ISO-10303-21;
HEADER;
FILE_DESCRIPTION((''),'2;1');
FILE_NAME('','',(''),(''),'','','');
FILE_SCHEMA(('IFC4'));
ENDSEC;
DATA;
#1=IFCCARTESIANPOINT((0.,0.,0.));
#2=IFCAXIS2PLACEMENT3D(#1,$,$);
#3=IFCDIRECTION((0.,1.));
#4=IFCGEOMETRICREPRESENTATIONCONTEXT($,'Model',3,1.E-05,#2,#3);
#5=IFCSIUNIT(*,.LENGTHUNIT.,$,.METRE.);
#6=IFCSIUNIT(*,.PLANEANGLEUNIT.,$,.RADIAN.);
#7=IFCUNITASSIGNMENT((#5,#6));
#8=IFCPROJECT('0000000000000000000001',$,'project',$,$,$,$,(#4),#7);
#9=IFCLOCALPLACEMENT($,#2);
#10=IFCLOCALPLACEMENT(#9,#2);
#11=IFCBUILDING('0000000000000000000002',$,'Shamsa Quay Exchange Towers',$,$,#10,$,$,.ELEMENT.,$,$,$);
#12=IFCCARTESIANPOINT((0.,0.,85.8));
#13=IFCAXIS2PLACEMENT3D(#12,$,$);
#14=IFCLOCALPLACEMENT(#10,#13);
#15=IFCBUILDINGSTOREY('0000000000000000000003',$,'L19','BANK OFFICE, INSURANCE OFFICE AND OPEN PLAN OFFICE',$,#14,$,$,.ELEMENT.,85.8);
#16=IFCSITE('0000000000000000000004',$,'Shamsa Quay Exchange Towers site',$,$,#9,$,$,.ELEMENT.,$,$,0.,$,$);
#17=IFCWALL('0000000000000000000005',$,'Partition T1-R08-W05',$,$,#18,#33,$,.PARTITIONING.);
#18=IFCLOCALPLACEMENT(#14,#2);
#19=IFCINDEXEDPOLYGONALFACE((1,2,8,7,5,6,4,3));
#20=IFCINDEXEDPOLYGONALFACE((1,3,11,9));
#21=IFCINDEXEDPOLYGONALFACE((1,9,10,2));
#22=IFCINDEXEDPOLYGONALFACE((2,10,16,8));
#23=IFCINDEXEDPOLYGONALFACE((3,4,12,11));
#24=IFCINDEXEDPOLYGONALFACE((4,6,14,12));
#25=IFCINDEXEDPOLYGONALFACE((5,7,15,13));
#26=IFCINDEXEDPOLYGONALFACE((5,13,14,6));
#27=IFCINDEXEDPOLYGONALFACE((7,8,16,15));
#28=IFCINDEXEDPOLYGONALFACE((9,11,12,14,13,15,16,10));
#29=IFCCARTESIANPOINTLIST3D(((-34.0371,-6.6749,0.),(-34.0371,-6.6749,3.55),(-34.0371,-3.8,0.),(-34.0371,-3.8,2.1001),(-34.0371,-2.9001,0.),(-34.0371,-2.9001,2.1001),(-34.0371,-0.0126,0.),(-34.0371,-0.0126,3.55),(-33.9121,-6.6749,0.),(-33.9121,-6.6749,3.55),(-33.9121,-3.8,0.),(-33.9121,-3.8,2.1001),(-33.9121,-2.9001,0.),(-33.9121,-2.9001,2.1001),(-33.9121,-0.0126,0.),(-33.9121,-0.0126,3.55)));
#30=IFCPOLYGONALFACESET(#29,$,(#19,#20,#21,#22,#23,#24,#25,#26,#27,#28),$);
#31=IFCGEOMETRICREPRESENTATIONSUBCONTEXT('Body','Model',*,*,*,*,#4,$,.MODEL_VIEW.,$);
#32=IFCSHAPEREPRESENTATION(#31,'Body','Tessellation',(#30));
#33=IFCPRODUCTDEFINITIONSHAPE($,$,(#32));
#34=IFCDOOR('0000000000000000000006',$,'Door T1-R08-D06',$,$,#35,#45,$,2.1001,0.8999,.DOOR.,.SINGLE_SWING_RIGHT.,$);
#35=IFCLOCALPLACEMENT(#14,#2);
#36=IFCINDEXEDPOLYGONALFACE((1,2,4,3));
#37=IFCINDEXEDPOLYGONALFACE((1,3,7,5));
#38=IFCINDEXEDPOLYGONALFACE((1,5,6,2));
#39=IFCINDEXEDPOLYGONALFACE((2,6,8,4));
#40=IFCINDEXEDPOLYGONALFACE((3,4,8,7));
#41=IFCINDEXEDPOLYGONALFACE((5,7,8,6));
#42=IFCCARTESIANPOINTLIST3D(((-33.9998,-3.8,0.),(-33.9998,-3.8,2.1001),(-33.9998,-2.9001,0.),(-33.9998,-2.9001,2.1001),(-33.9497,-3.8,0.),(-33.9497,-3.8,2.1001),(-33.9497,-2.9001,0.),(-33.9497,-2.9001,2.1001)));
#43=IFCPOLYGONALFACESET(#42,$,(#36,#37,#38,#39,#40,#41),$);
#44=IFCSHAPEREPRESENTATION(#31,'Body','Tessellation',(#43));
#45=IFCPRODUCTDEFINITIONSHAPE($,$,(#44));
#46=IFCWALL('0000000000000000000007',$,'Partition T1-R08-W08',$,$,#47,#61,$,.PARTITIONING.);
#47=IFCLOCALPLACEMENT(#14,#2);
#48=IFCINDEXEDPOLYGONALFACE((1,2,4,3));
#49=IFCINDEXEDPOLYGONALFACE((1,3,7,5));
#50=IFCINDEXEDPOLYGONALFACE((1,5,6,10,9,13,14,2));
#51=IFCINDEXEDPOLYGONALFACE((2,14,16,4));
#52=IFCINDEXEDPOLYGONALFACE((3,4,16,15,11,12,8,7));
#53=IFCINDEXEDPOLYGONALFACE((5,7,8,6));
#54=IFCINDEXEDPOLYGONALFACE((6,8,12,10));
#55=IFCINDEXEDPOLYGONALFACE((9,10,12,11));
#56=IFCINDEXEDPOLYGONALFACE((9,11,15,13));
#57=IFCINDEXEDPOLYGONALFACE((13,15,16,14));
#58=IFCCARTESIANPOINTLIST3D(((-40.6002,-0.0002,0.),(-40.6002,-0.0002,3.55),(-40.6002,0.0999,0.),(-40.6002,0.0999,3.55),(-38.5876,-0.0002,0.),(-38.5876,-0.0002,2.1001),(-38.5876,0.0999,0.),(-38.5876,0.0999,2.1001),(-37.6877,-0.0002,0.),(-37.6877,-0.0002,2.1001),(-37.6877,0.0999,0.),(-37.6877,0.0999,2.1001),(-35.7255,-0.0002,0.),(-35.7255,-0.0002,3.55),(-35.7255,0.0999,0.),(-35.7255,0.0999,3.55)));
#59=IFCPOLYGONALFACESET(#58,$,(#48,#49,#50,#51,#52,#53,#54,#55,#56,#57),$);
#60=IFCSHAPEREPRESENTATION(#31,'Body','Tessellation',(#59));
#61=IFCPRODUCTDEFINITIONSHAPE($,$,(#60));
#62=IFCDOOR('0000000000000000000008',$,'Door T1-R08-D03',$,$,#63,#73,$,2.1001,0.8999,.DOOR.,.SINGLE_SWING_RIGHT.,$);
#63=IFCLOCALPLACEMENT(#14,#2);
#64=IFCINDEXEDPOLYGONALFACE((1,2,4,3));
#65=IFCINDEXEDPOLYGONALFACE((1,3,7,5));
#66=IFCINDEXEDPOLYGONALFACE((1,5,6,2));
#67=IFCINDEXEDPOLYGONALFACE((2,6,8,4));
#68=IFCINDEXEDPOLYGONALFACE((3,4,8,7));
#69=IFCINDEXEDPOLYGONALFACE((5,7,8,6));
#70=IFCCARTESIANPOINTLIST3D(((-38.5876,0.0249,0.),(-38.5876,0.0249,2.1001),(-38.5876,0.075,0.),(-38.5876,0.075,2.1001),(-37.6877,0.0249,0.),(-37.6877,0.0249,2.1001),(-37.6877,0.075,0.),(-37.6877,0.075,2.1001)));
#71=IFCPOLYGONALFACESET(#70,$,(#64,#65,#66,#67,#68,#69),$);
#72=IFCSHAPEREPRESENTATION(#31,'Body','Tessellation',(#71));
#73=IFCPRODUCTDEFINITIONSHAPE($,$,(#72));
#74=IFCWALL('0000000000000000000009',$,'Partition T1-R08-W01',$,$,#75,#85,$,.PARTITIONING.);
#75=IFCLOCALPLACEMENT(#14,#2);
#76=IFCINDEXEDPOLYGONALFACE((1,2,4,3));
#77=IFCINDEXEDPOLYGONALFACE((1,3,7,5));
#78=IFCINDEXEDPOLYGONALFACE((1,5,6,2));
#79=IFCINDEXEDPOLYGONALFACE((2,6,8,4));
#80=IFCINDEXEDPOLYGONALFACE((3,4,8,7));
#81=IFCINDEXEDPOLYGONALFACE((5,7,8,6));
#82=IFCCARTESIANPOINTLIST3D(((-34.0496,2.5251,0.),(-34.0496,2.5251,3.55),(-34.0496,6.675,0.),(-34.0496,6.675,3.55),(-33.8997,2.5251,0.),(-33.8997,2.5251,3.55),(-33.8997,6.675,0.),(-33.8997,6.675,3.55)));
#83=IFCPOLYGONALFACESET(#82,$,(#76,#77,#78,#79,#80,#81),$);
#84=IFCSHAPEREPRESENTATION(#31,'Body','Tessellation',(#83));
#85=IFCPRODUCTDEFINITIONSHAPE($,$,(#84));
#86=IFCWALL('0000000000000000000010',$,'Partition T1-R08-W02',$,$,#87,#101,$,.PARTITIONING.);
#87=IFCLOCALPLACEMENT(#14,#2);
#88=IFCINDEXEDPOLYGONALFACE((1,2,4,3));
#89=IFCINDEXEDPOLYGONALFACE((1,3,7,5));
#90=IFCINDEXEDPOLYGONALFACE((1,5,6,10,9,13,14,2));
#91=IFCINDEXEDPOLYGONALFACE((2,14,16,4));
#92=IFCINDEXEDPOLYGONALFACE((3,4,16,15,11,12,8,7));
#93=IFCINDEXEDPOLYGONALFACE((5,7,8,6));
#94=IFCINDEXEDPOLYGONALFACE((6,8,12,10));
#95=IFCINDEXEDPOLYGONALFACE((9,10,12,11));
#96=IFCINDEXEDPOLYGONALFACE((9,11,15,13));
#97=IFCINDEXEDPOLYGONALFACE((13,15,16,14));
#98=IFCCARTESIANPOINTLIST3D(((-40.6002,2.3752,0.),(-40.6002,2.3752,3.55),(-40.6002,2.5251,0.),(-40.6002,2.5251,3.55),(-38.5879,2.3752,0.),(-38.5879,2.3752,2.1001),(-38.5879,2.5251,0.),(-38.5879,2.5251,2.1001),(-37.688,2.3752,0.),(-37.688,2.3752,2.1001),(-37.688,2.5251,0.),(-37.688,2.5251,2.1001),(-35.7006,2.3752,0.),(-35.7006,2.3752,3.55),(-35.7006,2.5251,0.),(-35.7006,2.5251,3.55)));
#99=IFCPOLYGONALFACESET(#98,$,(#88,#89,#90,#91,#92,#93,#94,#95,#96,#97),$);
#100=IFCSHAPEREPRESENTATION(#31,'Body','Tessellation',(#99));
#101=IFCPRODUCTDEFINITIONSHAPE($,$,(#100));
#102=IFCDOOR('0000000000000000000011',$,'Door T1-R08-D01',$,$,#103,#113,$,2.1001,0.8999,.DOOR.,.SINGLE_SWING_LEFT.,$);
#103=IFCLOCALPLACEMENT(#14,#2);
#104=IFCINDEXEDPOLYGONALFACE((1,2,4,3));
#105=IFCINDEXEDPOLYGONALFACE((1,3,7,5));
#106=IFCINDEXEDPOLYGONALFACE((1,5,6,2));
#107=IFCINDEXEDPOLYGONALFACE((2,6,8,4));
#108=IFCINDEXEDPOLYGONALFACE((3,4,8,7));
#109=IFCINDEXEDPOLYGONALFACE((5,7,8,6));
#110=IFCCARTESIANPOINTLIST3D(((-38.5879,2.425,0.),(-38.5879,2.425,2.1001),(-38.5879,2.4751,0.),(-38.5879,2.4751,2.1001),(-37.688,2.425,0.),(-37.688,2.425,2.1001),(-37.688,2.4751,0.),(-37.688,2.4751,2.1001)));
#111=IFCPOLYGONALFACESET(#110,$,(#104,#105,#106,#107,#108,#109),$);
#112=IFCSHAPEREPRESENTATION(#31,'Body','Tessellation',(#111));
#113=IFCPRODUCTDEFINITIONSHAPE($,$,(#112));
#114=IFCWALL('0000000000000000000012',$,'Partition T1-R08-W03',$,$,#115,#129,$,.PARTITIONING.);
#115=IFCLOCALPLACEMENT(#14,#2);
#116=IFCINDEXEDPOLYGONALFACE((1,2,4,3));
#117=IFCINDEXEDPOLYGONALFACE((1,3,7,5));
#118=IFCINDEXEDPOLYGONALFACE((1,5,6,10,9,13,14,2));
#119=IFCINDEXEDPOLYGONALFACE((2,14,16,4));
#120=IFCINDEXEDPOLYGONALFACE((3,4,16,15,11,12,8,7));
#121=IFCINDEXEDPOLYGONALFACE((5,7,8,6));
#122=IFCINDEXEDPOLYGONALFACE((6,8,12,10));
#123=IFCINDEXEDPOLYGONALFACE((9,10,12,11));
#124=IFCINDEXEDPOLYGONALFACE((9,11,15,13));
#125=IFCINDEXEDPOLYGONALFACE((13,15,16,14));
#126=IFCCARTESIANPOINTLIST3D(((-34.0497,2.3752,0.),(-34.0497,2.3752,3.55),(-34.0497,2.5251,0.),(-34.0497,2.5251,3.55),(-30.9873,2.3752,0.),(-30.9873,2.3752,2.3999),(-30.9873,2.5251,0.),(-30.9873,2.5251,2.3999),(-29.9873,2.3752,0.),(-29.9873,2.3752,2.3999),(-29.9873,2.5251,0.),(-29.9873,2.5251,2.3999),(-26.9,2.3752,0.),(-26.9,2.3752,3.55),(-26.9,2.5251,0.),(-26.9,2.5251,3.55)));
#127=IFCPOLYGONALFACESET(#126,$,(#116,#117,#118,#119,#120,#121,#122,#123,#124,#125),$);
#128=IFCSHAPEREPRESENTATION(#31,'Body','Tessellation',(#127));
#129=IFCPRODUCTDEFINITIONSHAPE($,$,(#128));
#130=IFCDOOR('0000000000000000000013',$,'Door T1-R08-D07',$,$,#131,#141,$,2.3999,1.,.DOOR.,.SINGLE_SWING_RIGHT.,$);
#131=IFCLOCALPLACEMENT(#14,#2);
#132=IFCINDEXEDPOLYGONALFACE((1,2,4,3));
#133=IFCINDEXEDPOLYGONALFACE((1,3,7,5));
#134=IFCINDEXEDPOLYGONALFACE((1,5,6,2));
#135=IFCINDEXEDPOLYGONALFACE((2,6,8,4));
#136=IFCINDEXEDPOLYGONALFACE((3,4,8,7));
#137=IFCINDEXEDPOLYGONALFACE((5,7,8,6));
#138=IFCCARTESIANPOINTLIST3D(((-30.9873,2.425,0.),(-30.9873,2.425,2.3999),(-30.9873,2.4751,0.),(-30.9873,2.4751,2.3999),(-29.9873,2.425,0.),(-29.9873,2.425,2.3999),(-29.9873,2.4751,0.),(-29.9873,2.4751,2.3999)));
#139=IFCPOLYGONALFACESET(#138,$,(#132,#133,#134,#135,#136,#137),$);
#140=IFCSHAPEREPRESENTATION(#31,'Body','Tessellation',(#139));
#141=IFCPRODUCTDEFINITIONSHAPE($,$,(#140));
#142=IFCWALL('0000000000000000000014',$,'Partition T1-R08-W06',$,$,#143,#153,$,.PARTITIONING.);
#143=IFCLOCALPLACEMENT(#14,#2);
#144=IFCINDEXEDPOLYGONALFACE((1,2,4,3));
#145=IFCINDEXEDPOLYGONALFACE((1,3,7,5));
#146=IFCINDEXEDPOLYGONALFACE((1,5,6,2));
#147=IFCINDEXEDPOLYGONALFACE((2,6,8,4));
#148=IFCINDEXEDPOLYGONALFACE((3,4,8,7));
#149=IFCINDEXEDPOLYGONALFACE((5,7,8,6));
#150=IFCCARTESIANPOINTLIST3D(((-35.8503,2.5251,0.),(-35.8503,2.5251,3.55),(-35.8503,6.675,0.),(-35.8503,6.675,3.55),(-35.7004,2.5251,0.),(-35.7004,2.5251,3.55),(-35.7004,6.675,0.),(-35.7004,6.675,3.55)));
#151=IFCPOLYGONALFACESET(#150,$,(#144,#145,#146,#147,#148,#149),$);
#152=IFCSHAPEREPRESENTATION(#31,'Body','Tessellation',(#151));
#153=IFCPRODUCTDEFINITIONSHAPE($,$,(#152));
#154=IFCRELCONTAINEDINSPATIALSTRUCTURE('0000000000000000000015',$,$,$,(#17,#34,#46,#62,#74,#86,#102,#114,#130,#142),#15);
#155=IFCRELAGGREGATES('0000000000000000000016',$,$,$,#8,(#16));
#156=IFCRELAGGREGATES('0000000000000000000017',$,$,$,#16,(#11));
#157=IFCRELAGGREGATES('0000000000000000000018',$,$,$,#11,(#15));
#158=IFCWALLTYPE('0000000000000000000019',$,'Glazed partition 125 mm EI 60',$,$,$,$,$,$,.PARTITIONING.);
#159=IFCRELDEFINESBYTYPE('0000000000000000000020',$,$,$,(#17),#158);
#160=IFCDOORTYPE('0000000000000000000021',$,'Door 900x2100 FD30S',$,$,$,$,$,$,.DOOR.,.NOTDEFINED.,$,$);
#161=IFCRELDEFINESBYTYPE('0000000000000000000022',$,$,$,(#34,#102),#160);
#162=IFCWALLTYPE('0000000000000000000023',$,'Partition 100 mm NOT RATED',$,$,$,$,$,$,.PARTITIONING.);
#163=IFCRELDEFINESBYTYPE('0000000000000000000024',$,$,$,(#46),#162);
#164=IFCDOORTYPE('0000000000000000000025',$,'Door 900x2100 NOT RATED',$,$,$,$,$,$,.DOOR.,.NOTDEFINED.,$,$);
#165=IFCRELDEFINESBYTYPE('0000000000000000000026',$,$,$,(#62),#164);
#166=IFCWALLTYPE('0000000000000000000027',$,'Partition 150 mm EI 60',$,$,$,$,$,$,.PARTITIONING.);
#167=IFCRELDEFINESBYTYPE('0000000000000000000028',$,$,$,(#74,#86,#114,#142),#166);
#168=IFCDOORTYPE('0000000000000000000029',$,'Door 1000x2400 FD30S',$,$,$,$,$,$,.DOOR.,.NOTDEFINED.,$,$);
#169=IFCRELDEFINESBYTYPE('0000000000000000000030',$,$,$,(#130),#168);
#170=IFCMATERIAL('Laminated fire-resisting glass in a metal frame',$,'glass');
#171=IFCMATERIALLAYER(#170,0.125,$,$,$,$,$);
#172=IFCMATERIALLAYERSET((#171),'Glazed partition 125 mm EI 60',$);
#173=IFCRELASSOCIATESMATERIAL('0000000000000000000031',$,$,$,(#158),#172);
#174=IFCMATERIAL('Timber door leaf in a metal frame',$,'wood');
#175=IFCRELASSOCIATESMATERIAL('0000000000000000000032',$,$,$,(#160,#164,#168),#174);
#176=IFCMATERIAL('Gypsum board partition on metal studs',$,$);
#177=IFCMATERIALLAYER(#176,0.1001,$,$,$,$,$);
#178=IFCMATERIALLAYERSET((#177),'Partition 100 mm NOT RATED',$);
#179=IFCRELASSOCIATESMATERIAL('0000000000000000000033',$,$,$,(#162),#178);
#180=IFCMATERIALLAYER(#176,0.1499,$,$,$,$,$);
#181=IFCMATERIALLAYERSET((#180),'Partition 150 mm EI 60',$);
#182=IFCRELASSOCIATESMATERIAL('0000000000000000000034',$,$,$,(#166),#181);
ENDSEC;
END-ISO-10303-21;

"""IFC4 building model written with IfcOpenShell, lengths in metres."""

from ifc_helpers import new_model, si_unit, direction, frame, frame_2d, origin, place, context, subcontext, project, spatial, rectangle, extrude, material, layer, layer_set, type_object, element, fill, save


model = new_model("IFC4")

# Units and contexts
model_context = context("Model", 3, precision=1e-05, world=origin(), true_north=direction((0.0, 1.0)))
body_context = subcontext(model_context, "Body", "Model", "MODEL_VIEW")
ifc_project = project(units=[si_unit("LENGTHUNIT", "METRE"), si_unit("PLANEANGLEUNIT", "RADIAN")], contexts=[model_context])

# Site, building, storey
site_placement = place(None, origin())
site = spatial("IfcSite", under=ifc_project, at=site_placement, Name="Shamsa Quay Exchange Towers site", CompositionType="ELEMENT", RefElevation=0.0)
building_placement = place(site_placement, origin())
building = spatial("IfcBuilding", under=site, at=building_placement, Name="Shamsa Quay Exchange Towers", CompositionType="ELEMENT")
storey_placement = place(building_placement, frame((0.0, 0.0, 85.8)))
storey = spatial("IfcBuildingStorey", under=building, at=storey_placement, Name="L19", Description="BANK OFFICE, INSURANCE OFFICE AND OPEN PLAN OFFICE", CompositionType="ELEMENT", Elevation=85.8)

# Walls, openings, doors
ifc_material_1 = material(Name="Laminated fire-resisting glass in a metal frame", Category="glass")
ifc_layer_1 = layer(ifc_material_1, 0.125)
ifc_layer_set_1 = layer_set([ifc_layer_1], Name="Glazed partition 125 mm EI 60")
wall_type_1 = type_object("IfcWallType", Name="Glazed partition 125 mm EI 60", PredefinedType="PARTITIONING", material=ifc_layer_set_1)
wall_1_placement = place(storey_placement, frame((-33.9746, -0.0127, 0.0), z_axis=(0.0, 0.0, 1.0), x_axis=(0.0, -1.0, 0.0)))
wall_1 = element("IfcWall", 1, at=wall_1_placement, inside=storey, type_object=wall_type_1, Name="Partition T1-R08-W05", PredefinedType="PARTITIONING", context=body_context, shape_type="SweptSolid", body=[
    extrude(rectangle(XDim=6.6624, YDim=0.125, at=frame_2d((3.3311, 0.0))), origin(), (0.0, 0.0, 1.0), 3.55),
])
opening_1_placement = place(wall_1_placement, frame((2.8875, 0.0, 0.0)))
opening_1 = element("IfcOpeningElement", 2, at=opening_1_placement, cuts=wall_1, PredefinedType="OPENING", context=body_context, shape_type="SweptSolid", body=[
    extrude(rectangle(XDim=0.8999, YDim=2.1001, at=frame_2d((0.45, 1.05))), frame((0.0, 0.0725, 0.0), z_axis=(0.0, -1.0, 0.0), x_axis=(1.0, 0.0, 0.0)), (0.0, 0.0, 1.0), 0.145),
])
ifc_material_2 = material(Name="Timber door leaf in a metal frame", Category="wood")
door_type_1 = type_object("IfcDoorType", Name="Door 900x2100 FD30S", OperationType="NOTDEFINED", PredefinedType="DOOR", material=ifc_material_2)
door_1_placement = place(opening_1_placement, origin())
door_1 = element("IfcDoor", 3, at=door_1_placement, inside=storey, type_object=door_type_1, Name="Door T1-R08-D06", OperationType="SINGLE_SWING_RIGHT", OverallHeight=2.1001, OverallWidth=0.8999, PredefinedType="DOOR", context=body_context, shape_type="SweptSolid", body=[
    extrude(rectangle(XDim=0.8999, YDim=2.1001, at=frame_2d((0.45, 1.05))), frame((0.0, 0.0249, 0.0), z_axis=(0.0, -1.0, 0.0), x_axis=(1.0, 0.0, 0.0)), (0.0, 0.0, 1.0), 0.05),
])
fill(opening_1, door_1)
ifc_material_3 = material(Name="Gypsum board partition on metal studs")
ifc_layer_2 = layer(ifc_material_3, 0.1001)
ifc_layer_set_2 = layer_set([ifc_layer_2], Name="Partition 100 mm NOT RATED")
wall_type_2 = type_object("IfcWallType", Name="Partition 100 mm NOT RATED", PredefinedType="PARTITIONING", material=ifc_layer_set_2)
wall_2_placement = place(storey_placement, frame((-35.7253, 0.0498, 0.0), z_axis=(0.0, 0.0, 1.0), x_axis=(-1.0, 0.0, 0.0)))
wall_2 = element("IfcWall", 4, at=wall_2_placement, inside=storey, type_object=wall_type_2, Name="Partition T1-R08-W08", PredefinedType="PARTITIONING", context=body_context, shape_type="SweptSolid", body=[
    extrude(rectangle(XDim=4.8748, YDim=0.1001, at=frame_2d((2.4375, 0.0))), origin(), (0.0, 0.0, 1.0), 3.55),
])
opening_2_placement = place(wall_2_placement, frame((1.9624, 0.0, 0.0)))
opening_2 = element("IfcOpeningElement", 5, at=opening_2_placement, cuts=wall_2, PredefinedType="OPENING", context=body_context, shape_type="SweptSolid", body=[
    extrude(rectangle(XDim=0.8999, YDim=2.1001, at=frame_2d((0.45, 1.05))), frame((0.0, 0.0601, 0.0), z_axis=(0.0, -1.0, 0.0), x_axis=(1.0, 0.0, 0.0)), (0.0, 0.0, 1.0), 0.1201),
])
door_type_2 = type_object("IfcDoorType", Name="Door 900x2100 NOT RATED", OperationType="NOTDEFINED", PredefinedType="DOOR", material=ifc_material_2)
door_2_placement = place(opening_2_placement, origin())
door_2 = element("IfcDoor", 6, at=door_2_placement, inside=storey, type_object=door_type_2, Name="Door T1-R08-D03", OperationType="SINGLE_SWING_RIGHT", OverallHeight=2.1001, OverallWidth=0.8999, PredefinedType="DOOR", context=body_context, shape_type="SweptSolid", body=[
    extrude(rectangle(XDim=0.8999, YDim=2.1001, at=frame_2d((0.45, 1.05))), frame((0.0, 0.0249, 0.0), z_axis=(0.0, -1.0, 0.0), x_axis=(1.0, 0.0, 0.0)), (0.0, 0.0, 1.0), 0.05),
])
fill(opening_2, door_2)

# Wall
ifc_layer_3 = layer(ifc_material_3, 0.1499)
ifc_layer_set_3 = layer_set([ifc_layer_3], Name="Partition 150 mm EI 60")
wall_type_3 = type_object("IfcWallType", Name="Partition 150 mm EI 60", PredefinedType="PARTITIONING", material=ifc_layer_set_3)
wall_3_placement = place(storey_placement, frame((-33.9746, 6.675, 0.0), z_axis=(0.0, 0.0, 1.0), x_axis=(0.0, -1.0, 0.0)))
element("IfcWall", 7, at=wall_3_placement, inside=storey, type_object=wall_type_3, Name="Partition T1-R08-W01", PredefinedType="PARTITIONING", context=body_context, shape_type="SweptSolid", body=[
    extrude(rectangle(XDim=4.1499, YDim=0.1499, at=frame_2d((2.075, 0.0))), origin(), (0.0, 0.0, 1.0), 3.55),
])

# Walls, openings, doors
wall_4_placement = place(storey_placement, frame((-40.6001, 2.4502, 0.0)))
wall_4 = element("IfcWall", 8, at=wall_4_placement, inside=storey, type_object=wall_type_3, Name="Partition T1-R08-W02", PredefinedType="PARTITIONING", context=body_context, shape_type="SweptSolid", body=[
    extrude(rectangle(XDim=4.8997, YDim=0.1499, at=frame_2d((2.4497, 0.0))), origin(), (0.0, 0.0, 1.0), 3.55),
])
opening_3_placement = place(wall_4_placement, frame((2.0122, 0.0, 0.0)))
opening_3 = element("IfcOpeningElement", 9, at=opening_3_placement, cuts=wall_4, PredefinedType="OPENING", context=body_context, shape_type="SweptSolid", body=[
    extrude(rectangle(XDim=0.8999, YDim=2.1001, at=frame_2d((0.45, 1.05))), frame((0.0, 0.085, 0.0), z_axis=(0.0, -1.0, 0.0), x_axis=(1.0, 0.0, 0.0)), (0.0, 0.0, 1.0), 0.1699),
])
door_3_placement = place(opening_3_placement, origin())
door_3 = element("IfcDoor", 10, at=door_3_placement, inside=storey, type_object=door_type_1, Name="Door T1-R08-D01", OperationType="SINGLE_SWING_LEFT", OverallHeight=2.1001, OverallWidth=0.8999, PredefinedType="DOOR", context=body_context, shape_type="SweptSolid", body=[
    extrude(rectangle(XDim=0.8999, YDim=2.1001, at=frame_2d((0.45, 1.05))), frame((0.0, 0.0249, 0.0), z_axis=(0.0, -1.0, 0.0), x_axis=(1.0, 0.0, 0.0)), (0.0, 0.0, 1.0), 0.05),
])
fill(opening_3, door_3)
wall_5_placement = place(storey_placement, frame((-34.0496, 2.4502, 0.0)))
wall_5 = element("IfcWall", 11, at=wall_5_placement, inside=storey, type_object=wall_type_3, Name="Partition T1-R08-W03", PredefinedType="PARTITIONING", context=body_context, shape_type="SweptSolid", body=[
    extrude(rectangle(XDim=7.1497, YDim=0.1499, at=frame_2d((3.5747, 0.0))), origin(), (0.0, 0.0, 1.0), 3.55),
])
opening_4_placement = place(wall_5_placement, frame((3.0623, 0.0, 0.0)))
opening_4 = element("IfcOpeningElement", 12, at=opening_4_placement, cuts=wall_5, PredefinedType="OPENING", context=body_context, shape_type="SweptSolid", body=[
    extrude(rectangle(XDim=1.0, YDim=2.3999, at=frame_2d((0.5, 1.2))), frame((0.0, 0.085, 0.0), z_axis=(0.0, -1.0, 0.0), x_axis=(1.0, 0.0, 0.0)), (0.0, 0.0, 1.0), 0.1699),
])
door_type_3 = type_object("IfcDoorType", Name="Door 1000x2400 FD30S", OperationType="NOTDEFINED", PredefinedType="DOOR", material=ifc_material_2)
door_4_placement = place(opening_4_placement, origin())
door_4 = element("IfcDoor", 13, at=door_4_placement, inside=storey, type_object=door_type_3, Name="Door T1-R08-D07", OperationType="SINGLE_SWING_RIGHT", OverallHeight=2.3999, OverallWidth=1.0, PredefinedType="DOOR", context=body_context, shape_type="SweptSolid", body=[
    extrude(rectangle(XDim=1.0, YDim=2.3999, at=frame_2d((0.5, 1.2))), frame((0.0, 0.0249, 0.0), z_axis=(0.0, -1.0, 0.0), x_axis=(1.0, 0.0, 0.0)), (0.0, 0.0, 1.0), 0.05),
])
fill(opening_4, door_4)

# Wall
wall_6_placement = place(storey_placement, frame((-35.7754, 2.5251, 0.0), z_axis=(0.0, 0.0, 1.0), x_axis=(0.0, 1.0, 0.0)))
element("IfcWall", 14, at=wall_6_placement, inside=storey, type_object=wall_type_3, Name="Partition T1-R08-W06", PredefinedType="PARTITIONING", context=body_context, shape_type="SweptSolid", body=[
    extrude(rectangle(XDim=4.1499, YDim=0.1499, at=frame_2d((2.075, 0.0))), origin(), (0.0, 0.0, 1.0), 3.55),
])

save(model, "model.ifc")
